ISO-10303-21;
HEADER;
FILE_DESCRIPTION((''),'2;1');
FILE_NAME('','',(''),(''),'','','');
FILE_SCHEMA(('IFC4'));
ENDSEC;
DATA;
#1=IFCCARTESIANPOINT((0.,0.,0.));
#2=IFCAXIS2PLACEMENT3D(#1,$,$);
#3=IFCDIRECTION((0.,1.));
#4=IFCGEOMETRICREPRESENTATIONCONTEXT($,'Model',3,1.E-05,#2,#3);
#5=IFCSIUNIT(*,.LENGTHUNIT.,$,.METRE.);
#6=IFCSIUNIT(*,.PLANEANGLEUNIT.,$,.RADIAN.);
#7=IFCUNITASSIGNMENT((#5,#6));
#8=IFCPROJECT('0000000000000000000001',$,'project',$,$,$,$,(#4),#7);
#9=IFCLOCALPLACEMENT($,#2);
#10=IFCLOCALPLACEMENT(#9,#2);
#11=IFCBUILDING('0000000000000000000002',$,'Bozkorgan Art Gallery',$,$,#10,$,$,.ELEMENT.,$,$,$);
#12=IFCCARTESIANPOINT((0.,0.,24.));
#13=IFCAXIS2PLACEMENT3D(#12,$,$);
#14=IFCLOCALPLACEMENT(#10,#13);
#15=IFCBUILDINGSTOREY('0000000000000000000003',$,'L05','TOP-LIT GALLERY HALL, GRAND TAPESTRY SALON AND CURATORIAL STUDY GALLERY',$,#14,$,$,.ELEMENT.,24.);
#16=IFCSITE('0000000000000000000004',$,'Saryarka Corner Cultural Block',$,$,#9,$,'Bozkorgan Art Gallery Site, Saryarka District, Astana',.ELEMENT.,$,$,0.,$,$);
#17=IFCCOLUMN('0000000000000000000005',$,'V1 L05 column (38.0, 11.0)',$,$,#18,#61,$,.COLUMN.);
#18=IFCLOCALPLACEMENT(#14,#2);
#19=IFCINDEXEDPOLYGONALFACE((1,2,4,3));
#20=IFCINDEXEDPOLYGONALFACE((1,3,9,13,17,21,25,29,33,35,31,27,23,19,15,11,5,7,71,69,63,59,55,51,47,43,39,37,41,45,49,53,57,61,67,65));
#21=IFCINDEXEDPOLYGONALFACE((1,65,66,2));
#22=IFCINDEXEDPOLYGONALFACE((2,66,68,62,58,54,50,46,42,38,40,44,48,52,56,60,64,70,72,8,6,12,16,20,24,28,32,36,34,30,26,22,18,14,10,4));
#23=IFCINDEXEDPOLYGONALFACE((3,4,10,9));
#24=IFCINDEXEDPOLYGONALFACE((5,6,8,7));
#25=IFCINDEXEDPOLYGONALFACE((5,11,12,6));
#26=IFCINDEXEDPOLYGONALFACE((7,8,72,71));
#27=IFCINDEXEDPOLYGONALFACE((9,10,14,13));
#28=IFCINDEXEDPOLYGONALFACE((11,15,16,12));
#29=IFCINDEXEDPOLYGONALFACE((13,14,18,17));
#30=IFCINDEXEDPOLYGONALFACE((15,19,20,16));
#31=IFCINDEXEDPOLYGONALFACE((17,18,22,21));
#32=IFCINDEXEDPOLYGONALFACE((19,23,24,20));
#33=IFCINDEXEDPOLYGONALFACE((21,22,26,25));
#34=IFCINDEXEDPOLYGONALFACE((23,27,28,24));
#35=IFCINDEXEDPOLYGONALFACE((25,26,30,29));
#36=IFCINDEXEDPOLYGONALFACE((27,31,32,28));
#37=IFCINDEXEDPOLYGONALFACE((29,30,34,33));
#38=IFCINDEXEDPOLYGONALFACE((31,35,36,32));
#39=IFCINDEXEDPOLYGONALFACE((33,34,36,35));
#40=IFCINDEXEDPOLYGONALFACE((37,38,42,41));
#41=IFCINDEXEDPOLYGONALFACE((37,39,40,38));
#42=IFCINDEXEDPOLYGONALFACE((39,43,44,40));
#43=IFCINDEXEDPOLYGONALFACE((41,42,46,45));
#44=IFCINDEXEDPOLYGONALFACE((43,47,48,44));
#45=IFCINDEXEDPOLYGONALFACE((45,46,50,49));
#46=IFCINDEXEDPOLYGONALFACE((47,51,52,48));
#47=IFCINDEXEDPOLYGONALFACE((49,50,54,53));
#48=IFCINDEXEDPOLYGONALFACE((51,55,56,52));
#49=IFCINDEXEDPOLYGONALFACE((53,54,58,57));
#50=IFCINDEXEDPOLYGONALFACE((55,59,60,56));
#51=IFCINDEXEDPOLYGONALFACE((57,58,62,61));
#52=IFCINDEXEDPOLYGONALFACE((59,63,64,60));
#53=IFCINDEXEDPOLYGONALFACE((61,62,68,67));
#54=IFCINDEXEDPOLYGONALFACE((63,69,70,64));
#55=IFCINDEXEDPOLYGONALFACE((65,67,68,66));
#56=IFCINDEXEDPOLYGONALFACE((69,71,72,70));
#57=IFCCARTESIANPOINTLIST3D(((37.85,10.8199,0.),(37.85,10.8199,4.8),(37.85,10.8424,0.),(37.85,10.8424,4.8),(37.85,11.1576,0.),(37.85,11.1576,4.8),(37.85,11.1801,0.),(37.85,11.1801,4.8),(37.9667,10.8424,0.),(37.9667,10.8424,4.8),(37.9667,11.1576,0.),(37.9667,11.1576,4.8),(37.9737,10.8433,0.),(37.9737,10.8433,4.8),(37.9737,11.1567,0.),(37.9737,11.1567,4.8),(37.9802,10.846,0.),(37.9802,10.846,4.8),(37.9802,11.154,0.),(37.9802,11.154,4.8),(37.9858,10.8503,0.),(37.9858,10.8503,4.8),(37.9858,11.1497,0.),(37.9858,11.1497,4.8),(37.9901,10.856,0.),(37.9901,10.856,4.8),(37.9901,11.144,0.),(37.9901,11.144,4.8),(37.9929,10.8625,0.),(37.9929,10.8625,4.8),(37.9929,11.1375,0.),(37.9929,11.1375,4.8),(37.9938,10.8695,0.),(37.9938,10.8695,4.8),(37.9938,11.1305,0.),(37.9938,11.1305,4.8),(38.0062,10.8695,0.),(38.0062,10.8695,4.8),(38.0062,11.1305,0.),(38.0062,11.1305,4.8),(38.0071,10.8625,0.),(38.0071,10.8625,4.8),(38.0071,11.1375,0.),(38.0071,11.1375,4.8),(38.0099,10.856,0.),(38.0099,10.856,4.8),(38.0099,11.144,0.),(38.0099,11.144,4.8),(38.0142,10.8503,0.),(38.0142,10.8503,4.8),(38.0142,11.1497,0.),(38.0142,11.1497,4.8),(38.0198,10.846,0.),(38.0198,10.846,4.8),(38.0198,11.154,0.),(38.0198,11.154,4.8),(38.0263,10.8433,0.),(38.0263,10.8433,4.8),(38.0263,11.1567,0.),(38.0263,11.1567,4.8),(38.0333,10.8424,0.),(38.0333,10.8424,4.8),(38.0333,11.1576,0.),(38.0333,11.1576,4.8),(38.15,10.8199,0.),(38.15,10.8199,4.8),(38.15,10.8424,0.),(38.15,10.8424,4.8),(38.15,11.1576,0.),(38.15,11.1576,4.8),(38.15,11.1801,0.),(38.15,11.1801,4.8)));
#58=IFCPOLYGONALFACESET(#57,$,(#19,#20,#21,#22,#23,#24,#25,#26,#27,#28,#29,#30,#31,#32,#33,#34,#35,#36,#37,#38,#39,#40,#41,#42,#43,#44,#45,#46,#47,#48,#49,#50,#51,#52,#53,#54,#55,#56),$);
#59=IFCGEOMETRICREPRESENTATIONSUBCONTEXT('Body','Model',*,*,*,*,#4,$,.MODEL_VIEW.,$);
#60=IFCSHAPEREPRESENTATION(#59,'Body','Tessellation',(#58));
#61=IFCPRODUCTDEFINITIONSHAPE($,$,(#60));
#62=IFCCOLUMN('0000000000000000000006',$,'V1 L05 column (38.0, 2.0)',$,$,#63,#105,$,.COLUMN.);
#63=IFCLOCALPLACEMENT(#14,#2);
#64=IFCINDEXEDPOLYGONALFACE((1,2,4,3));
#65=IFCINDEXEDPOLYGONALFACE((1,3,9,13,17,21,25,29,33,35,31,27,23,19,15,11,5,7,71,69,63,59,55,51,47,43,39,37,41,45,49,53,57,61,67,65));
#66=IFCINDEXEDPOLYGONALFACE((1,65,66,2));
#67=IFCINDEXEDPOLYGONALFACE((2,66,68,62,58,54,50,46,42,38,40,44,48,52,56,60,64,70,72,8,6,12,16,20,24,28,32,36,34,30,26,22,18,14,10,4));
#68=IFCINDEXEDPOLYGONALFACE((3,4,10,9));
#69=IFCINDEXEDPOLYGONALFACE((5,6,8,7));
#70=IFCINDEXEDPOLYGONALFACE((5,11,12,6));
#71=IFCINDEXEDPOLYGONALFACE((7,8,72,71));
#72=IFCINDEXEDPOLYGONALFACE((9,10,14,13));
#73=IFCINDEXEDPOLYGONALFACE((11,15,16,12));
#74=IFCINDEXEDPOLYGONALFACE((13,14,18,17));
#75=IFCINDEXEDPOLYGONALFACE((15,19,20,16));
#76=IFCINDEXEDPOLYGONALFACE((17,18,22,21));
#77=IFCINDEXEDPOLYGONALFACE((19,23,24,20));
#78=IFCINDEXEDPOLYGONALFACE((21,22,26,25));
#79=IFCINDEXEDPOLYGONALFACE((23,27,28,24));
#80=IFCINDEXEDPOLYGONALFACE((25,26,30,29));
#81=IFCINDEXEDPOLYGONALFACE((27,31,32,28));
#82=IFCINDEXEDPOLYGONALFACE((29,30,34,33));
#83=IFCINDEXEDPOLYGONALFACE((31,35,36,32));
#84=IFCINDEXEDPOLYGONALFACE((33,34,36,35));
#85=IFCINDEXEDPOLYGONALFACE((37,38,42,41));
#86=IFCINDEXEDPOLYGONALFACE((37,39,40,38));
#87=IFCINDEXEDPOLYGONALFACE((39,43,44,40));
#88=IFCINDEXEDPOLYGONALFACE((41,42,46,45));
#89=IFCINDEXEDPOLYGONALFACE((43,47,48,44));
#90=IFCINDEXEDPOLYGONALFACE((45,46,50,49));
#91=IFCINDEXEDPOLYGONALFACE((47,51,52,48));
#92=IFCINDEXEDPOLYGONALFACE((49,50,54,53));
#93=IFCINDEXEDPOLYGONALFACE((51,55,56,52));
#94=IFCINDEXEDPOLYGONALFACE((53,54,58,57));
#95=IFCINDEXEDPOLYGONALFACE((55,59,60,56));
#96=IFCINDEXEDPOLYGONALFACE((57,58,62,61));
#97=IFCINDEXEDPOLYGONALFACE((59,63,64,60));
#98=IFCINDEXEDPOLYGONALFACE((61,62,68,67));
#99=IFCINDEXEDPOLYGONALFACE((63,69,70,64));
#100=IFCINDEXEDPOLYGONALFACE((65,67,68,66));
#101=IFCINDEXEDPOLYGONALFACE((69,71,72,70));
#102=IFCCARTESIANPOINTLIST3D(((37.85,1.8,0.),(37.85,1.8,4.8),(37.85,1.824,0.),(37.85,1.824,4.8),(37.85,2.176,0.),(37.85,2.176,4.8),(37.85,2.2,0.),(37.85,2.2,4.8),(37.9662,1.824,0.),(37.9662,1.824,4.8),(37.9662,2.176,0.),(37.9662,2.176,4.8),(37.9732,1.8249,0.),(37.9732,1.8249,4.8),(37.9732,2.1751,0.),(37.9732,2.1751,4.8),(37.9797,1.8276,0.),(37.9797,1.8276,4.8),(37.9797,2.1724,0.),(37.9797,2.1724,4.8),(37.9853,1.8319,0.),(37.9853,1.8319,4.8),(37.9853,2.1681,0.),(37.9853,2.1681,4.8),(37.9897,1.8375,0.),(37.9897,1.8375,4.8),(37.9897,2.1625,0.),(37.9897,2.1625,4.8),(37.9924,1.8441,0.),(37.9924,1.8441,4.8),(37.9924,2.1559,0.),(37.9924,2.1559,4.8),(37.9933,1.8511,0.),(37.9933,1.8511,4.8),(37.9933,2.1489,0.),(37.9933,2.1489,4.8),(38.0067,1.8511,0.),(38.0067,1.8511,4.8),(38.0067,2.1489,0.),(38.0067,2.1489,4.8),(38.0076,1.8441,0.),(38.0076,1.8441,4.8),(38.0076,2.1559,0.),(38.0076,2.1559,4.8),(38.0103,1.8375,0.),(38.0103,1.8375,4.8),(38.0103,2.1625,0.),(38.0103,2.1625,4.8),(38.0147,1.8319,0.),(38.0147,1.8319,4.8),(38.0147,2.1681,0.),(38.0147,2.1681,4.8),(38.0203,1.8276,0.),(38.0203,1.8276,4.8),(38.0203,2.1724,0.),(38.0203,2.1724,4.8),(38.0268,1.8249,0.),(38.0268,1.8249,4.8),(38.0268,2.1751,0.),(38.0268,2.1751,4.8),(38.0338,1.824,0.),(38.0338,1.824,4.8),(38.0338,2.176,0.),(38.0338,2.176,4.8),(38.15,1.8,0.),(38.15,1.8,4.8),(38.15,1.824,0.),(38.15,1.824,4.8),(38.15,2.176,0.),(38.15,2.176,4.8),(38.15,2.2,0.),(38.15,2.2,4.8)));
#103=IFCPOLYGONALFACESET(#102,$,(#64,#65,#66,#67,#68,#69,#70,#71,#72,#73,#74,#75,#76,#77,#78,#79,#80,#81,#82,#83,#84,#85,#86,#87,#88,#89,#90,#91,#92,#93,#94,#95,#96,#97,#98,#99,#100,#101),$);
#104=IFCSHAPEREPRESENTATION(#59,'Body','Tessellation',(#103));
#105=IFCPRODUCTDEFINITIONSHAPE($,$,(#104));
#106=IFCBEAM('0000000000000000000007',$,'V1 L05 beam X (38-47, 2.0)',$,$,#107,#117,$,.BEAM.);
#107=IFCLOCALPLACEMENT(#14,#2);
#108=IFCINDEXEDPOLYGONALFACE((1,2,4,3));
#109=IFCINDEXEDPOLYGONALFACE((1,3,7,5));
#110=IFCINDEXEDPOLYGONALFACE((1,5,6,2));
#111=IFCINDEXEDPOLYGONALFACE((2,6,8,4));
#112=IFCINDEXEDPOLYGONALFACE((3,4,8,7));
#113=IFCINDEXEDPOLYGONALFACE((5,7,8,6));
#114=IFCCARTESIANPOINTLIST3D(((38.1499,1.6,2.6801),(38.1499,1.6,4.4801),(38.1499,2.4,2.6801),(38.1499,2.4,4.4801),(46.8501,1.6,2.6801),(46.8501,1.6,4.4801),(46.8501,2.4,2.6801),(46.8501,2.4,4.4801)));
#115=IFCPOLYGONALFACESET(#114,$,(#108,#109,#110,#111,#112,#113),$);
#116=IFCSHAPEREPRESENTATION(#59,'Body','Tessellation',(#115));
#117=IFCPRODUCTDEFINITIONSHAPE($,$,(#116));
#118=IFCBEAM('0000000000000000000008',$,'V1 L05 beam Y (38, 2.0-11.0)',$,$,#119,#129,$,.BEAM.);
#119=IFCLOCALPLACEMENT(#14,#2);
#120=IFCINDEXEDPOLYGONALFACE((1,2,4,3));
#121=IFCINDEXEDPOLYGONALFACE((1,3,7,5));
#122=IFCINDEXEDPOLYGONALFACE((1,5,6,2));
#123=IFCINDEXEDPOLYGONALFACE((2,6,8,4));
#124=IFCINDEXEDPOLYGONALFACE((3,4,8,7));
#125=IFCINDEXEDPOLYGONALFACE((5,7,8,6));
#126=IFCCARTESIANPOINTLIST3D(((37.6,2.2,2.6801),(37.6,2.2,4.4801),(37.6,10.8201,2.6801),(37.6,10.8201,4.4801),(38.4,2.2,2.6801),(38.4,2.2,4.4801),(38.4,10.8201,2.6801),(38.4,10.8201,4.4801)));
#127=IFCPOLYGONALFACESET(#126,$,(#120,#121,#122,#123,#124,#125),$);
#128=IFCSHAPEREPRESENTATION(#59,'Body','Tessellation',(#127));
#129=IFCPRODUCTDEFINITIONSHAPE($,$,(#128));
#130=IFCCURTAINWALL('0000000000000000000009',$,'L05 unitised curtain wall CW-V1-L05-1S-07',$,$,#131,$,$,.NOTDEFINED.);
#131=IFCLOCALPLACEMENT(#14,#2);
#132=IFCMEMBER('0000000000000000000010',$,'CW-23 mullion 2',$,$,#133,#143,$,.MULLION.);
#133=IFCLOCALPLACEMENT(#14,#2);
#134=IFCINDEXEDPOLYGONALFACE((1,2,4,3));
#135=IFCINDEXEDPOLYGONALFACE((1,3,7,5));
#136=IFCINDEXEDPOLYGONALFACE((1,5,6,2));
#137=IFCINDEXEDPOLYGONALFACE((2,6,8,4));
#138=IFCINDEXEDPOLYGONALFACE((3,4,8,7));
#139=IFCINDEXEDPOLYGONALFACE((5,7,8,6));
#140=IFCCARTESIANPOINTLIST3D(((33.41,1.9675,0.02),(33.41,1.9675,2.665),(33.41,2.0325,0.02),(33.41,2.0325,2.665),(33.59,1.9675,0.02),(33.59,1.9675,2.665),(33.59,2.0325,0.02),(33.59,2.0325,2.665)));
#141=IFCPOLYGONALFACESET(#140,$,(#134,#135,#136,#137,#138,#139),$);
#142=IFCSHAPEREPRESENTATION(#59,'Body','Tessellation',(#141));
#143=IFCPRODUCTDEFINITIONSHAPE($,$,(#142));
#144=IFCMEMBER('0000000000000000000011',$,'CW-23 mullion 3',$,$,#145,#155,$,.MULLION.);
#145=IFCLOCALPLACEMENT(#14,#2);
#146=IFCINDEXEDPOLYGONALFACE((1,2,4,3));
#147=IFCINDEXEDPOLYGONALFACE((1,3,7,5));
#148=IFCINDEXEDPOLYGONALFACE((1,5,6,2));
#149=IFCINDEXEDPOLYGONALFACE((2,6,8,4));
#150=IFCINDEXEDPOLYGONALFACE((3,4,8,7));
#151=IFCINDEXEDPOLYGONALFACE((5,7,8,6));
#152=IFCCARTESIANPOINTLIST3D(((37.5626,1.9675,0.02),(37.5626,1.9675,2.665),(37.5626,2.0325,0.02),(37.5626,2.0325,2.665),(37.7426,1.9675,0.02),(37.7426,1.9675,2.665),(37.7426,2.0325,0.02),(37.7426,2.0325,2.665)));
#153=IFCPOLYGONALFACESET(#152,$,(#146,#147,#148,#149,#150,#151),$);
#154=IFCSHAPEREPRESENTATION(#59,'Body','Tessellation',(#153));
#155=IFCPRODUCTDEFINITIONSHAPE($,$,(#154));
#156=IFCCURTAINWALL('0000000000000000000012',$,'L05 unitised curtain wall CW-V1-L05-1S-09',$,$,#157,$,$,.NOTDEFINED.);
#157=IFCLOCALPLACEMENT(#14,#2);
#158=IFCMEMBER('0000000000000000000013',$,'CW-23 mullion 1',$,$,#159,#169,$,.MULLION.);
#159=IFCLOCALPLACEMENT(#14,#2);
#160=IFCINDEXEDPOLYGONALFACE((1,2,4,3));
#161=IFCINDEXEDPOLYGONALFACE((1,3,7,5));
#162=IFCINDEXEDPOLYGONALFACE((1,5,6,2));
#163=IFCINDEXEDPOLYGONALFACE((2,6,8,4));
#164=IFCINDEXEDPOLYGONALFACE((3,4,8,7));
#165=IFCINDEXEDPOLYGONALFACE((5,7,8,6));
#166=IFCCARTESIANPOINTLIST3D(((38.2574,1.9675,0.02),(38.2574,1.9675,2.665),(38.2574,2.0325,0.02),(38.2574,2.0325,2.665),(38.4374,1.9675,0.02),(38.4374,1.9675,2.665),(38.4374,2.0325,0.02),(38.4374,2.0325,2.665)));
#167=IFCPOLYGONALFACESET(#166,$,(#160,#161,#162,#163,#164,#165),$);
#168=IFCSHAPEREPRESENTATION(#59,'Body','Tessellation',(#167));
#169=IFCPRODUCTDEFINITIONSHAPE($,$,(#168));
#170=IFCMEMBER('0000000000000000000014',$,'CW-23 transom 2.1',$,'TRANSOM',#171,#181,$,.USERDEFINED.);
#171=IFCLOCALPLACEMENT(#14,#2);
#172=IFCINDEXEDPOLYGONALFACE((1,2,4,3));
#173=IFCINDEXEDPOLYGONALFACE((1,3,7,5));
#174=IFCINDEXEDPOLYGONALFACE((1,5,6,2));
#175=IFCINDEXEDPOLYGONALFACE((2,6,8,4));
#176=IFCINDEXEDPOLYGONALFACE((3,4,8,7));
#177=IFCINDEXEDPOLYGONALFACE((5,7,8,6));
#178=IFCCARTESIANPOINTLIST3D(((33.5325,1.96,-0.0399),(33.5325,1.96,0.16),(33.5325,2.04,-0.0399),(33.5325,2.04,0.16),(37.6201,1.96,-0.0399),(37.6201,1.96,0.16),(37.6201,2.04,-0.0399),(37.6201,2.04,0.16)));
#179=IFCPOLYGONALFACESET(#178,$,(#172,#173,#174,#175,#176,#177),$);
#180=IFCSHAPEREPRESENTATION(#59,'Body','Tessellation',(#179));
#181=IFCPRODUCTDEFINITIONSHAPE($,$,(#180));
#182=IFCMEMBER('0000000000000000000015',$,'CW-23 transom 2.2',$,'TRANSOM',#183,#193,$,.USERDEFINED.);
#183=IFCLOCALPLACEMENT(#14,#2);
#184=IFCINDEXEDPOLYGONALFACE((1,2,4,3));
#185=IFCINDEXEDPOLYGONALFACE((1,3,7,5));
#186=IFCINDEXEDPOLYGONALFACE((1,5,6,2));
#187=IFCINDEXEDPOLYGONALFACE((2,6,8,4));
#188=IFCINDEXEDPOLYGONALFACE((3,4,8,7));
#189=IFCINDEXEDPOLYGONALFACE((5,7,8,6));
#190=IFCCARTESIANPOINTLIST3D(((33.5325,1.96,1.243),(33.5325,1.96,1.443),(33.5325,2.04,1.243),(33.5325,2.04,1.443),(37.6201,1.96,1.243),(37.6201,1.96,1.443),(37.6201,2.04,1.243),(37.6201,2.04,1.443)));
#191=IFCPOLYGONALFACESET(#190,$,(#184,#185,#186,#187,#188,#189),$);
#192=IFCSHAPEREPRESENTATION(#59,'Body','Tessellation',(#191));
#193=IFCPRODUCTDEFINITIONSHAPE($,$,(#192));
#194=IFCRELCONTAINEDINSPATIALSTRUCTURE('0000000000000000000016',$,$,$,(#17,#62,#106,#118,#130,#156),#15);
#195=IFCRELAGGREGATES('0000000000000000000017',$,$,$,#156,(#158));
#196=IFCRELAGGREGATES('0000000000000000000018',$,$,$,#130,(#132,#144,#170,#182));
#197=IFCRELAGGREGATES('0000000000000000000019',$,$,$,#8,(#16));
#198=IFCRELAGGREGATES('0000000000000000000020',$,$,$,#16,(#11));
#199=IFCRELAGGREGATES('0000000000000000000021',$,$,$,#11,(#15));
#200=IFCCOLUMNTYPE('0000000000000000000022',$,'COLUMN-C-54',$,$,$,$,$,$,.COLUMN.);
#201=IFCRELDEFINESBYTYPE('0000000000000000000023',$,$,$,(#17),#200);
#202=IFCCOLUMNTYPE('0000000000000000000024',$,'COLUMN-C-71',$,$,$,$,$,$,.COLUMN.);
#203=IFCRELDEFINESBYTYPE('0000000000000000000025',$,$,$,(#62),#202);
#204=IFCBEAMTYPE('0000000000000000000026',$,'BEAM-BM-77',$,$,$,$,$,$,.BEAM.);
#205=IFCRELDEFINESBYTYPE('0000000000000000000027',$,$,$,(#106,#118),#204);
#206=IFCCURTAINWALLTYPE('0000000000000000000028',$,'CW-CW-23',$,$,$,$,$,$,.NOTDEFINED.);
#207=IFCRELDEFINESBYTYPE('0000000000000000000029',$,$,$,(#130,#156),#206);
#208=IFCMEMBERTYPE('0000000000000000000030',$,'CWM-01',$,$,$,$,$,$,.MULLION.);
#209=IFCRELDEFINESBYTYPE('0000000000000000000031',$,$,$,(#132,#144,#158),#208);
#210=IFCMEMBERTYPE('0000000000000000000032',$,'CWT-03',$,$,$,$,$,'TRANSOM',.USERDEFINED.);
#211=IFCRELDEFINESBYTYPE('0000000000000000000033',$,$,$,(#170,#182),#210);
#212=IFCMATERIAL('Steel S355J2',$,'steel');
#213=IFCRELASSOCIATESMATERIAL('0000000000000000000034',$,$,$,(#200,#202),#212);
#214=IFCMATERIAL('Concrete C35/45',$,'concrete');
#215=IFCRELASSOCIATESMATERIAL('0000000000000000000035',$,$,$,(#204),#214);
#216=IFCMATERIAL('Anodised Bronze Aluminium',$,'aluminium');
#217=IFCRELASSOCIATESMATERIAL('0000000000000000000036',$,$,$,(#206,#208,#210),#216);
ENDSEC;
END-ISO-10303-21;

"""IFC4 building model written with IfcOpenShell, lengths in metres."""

from ifc_helpers import new_model, si_unit, direction, frame, origin, origin_2d, place, context, subcontext, project, spatial, rectangle, i_section, extrude, material, material_profile, profile_set, type_object, element, aggregate, save


model = new_model("IFC4")

# Units and contexts
model_context = context("Model", 3, precision=1e-05, world=origin(), true_north=direction((0.0, 1.0)))
body_context = subcontext(model_context, "Body", "Model", "MODEL_VIEW")
ifc_project = project(units=[si_unit("LENGTHUNIT", "METRE"), si_unit("PLANEANGLEUNIT", "RADIAN")], contexts=[model_context])

# Site, building, storey
site_placement = place(None, origin())
site = spatial("IfcSite", under=ifc_project, at=site_placement, Name="Saryarka Corner Cultural Block", LongName="Bozkorgan Art Gallery Site, Saryarka District, Astana", CompositionType="ELEMENT", RefElevation=0.0)
building_placement = place(site_placement, origin())
building = spatial("IfcBuilding", under=site, at=building_placement, Name="Bozkorgan Art Gallery", CompositionType="ELEMENT")
storey_placement = place(building_placement, frame((0.0, 0.0, 24.0)))
storey = spatial("IfcBuildingStorey", under=building, at=storey_placement, Name="L05", Description="TOP-LIT GALLERY HALL, GRAND TAPESTRY SALON AND CURATORIAL STUDY GALLERY", CompositionType="ELEMENT", Elevation=24.0)

# Columns
ifc_material_1 = material(Name="Steel S355J2", Category="steel")
ifc_material_profile_1 = material_profile(ifc_material_1, i_section(OverallWidth=0.3, OverallDepth=0.3601, WebThickness=0.0125, FlangeThickness=0.0225, FilletRadius=0.0271, at=origin_2d()), Name="HEB 360")
ifc_profile_set_1 = profile_set([ifc_material_profile_1], Name="Steel S355J2")
column_type_1 = type_object("IfcColumnType", Name="COLUMN-C-54", PredefinedType="COLUMN", material=ifc_profile_set_1)
column_1_placement = place(storey_placement, frame((38.0, 11.0, 0.0), z_axis=(0.0, 0.0, 1.0), x_axis=(1.0, 0.0, 0.0)))
element("IfcColumn", 1, at=column_1_placement, inside=storey, type_object=column_type_1, Name="V1 L05 column (38.0, 11.0)", PredefinedType="COLUMN", context=body_context, shape_type="SweptSolid", body=[
    extrude(i_section(OverallWidth=0.3, OverallDepth=0.3601, WebThickness=0.0125, FlangeThickness=0.0225, FilletRadius=0.0271, at=origin_2d()), origin(), (0.0, 0.0, 1.0), 4.8),
])
ifc_material_profile_2 = material_profile(ifc_material_1, i_section(OverallWidth=0.3, OverallDepth=0.3999, WebThickness=0.0134, FlangeThickness=0.0239, FilletRadius=0.0271, at=origin_2d()), Name="HEB 400")
ifc_profile_set_2 = profile_set([ifc_material_profile_2], Name="Steel S355J2")
column_type_2 = type_object("IfcColumnType", Name="COLUMN-C-71", PredefinedType="COLUMN", material=ifc_profile_set_2)
column_2_placement = place(storey_placement, frame((38.0, 2.0, 0.0), z_axis=(0.0, 0.0, 1.0), x_axis=(1.0, 0.0, 0.0)))
element("IfcColumn", 2, at=column_2_placement, inside=storey, type_object=column_type_2, Name="V1 L05 column (38.0, 2.0)", PredefinedType="COLUMN", context=body_context, shape_type="SweptSolid", body=[
    extrude(i_section(OverallWidth=0.3, OverallDepth=0.3999, WebThickness=0.0134, FlangeThickness=0.0239, FilletRadius=0.0271, at=origin_2d()), origin(), (0.0, 0.0, 1.0), 4.8),
])

# Beams
ifc_material_2 = material(Name="Concrete C35/45", Category="concrete")
ifc_material_profile_3 = material_profile(ifc_material_2, rectangle(XDim=0.8, YDim=1.8, at=origin_2d()), Name="RC 800x1800")
ifc_profile_set_3 = profile_set([ifc_material_profile_3], Name="Concrete C35/45")
beam_type = type_object("IfcBeamType", Name="BEAM-BM-77", PredefinedType="BEAM", material=ifc_profile_set_3)
beam_1_placement = place(storey_placement, frame((38.1499, 2.0, 3.5801), z_axis=(1.0, 0.0, 0.0), x_axis=(0.0, 1.0, 0.0)))
element("IfcBeam", 3, at=beam_1_placement, inside=storey, type_object=beam_type, Name="V1 L05 beam X (38-47, 2.0)", PredefinedType="BEAM", context=body_context, shape_type="SweptSolid", body=[
    extrude(rectangle(XDim=0.8, YDim=1.8, at=origin_2d()), origin(), (0.0, 0.0, 1.0), 8.7002),
])
beam_2_placement = place(storey_placement, frame((38.0, 2.2, 3.5801), z_axis=(0.0, 1.0, 0.0), x_axis=(-1.0, 0.0, 0.0)))
element("IfcBeam", 4, at=beam_2_placement, inside=storey, type_object=beam_type, Name="V1 L05 beam Y (38, 2.0-11.0)", PredefinedType="BEAM", context=body_context, shape_type="SweptSolid", body=[
    extrude(rectangle(XDim=0.8, YDim=1.8, at=origin_2d()), origin(), (0.0, 0.0, 1.0), 8.6201),
])

# Curtain wall, members
ifc_material_3 = material(Name="Anodised Bronze Aluminium", Category="aluminium")
curtain_wall_type = type_object("IfcCurtainWallType", Name="CW-CW-23", PredefinedType="NOTDEFINED", material=ifc_material_3)
curtain_wall_1_placement = place(storey_placement, origin())
curtain_wall_1 = element("IfcCurtainWall", 5, at=curtain_wall_1_placement, inside=storey, type_object=curtain_wall_type, Name="L05 unitised curtain wall CW-V1-L05-1S-07", PredefinedType="NOTDEFINED")
ifc_material_profile_4 = material_profile(ifc_material_3, rectangle(XDim=0.0649, YDim=0.1799, at=origin_2d()), Name="ALU MULLION 65x180")
ifc_profile_set_4 = profile_set([ifc_material_profile_4], Name="Anodised Bronze Aluminium")
member_type_1 = type_object("IfcMemberType", Name="CWM-01", PredefinedType="MULLION", material=ifc_profile_set_4)
member_1_placement = place(storey_placement, frame((33.5, 2.0, 0.02), z_axis=(0.0, 0.0, 1.0), x_axis=(0.0, 1.0, 0.0)))
member_1 = element("IfcMember", 6, at=member_1_placement, type_object=member_type_1, Name="CW-23 mullion 2", PredefinedType="MULLION", context=body_context, shape_type="SweptSolid", body=[
    extrude(rectangle(XDim=0.0649, YDim=0.1799, at=origin_2d()), origin(), (0.0, 0.0, 1.0), 2.645),
])
member_2_placement = place(storey_placement, frame((37.6526, 2.0, 0.02), z_axis=(0.0, 0.0, 1.0), x_axis=(0.0, 1.0, 0.0)))
member_2 = element("IfcMember", 7, at=member_2_placement, type_object=member_type_1, Name="CW-23 mullion 3", PredefinedType="MULLION", context=body_context, shape_type="SweptSolid", body=[
    extrude(rectangle(XDim=0.0649, YDim=0.1799, at=origin_2d()), origin(), (0.0, 0.0, 1.0), 2.645),
])

# Curtain wall, member
curtain_wall_2_placement = place(storey_placement, origin())
curtain_wall_2 = element("IfcCurtainWall", 8, at=curtain_wall_2_placement, inside=storey, type_object=curtain_wall_type, Name="L05 unitised curtain wall CW-V1-L05-1S-09", PredefinedType="NOTDEFINED")
member_3_placement = place(storey_placement, frame((38.3474, 2.0, 0.02), z_axis=(0.0, 0.0, 1.0), x_axis=(0.0, 1.0, 0.0)))
member_3 = element("IfcMember", 9, at=member_3_placement, type_object=member_type_1, Name="CW-23 mullion 1", PredefinedType="MULLION", context=body_context, shape_type="SweptSolid", body=[
    extrude(rectangle(XDim=0.0649, YDim=0.1799, at=origin_2d()), origin(), (0.0, 0.0, 1.0), 2.645),
])

# Members
ifc_material_profile_5 = material_profile(ifc_material_3, rectangle(XDim=0.0801, YDim=0.2, at=origin_2d()), Name="ALU TRANSOM 80x200")
ifc_profile_set_5 = profile_set([ifc_material_profile_5], Name="Anodised Bronze Aluminium")
member_type_2 = type_object("IfcMemberType", Name="CWT-03", ElementType="TRANSOM", PredefinedType="USERDEFINED", material=ifc_profile_set_5)
member_4_placement = place(storey_placement, frame((33.5325, 2.0, 0.0601), z_axis=(1.0, 0.0, 0.0), x_axis=(0.0, 1.0, 0.0)))
member_4 = element("IfcMember", 10, at=member_4_placement, type_object=member_type_2, Name="CW-23 transom 2.1", ObjectType="TRANSOM", PredefinedType="USERDEFINED", context=body_context, shape_type="SweptSolid", body=[
    extrude(rectangle(XDim=0.0801, YDim=0.2, at=origin_2d()), origin(), (0.0, 0.0, 1.0), 4.0876),
])
member_5_placement = place(storey_placement, frame((33.5325, 2.0, 1.343), z_axis=(1.0, 0.0, 0.0), x_axis=(0.0, 1.0, 0.0)))
member_5 = element("IfcMember", 11, at=member_5_placement, type_object=member_type_2, Name="CW-23 transom 2.2", ObjectType="TRANSOM", PredefinedType="USERDEFINED", context=body_context, shape_type="SweptSolid", body=[
    extrude(rectangle(XDim=0.0801, YDim=0.2, at=origin_2d()), origin(), (0.0, 0.0, 1.0), 4.0876),
])
aggregate(curtain_wall_2, [member_3])

aggregate(curtain_wall_1, [member_1, member_2, member_4, member_5])

save(model, "model.ifc")
